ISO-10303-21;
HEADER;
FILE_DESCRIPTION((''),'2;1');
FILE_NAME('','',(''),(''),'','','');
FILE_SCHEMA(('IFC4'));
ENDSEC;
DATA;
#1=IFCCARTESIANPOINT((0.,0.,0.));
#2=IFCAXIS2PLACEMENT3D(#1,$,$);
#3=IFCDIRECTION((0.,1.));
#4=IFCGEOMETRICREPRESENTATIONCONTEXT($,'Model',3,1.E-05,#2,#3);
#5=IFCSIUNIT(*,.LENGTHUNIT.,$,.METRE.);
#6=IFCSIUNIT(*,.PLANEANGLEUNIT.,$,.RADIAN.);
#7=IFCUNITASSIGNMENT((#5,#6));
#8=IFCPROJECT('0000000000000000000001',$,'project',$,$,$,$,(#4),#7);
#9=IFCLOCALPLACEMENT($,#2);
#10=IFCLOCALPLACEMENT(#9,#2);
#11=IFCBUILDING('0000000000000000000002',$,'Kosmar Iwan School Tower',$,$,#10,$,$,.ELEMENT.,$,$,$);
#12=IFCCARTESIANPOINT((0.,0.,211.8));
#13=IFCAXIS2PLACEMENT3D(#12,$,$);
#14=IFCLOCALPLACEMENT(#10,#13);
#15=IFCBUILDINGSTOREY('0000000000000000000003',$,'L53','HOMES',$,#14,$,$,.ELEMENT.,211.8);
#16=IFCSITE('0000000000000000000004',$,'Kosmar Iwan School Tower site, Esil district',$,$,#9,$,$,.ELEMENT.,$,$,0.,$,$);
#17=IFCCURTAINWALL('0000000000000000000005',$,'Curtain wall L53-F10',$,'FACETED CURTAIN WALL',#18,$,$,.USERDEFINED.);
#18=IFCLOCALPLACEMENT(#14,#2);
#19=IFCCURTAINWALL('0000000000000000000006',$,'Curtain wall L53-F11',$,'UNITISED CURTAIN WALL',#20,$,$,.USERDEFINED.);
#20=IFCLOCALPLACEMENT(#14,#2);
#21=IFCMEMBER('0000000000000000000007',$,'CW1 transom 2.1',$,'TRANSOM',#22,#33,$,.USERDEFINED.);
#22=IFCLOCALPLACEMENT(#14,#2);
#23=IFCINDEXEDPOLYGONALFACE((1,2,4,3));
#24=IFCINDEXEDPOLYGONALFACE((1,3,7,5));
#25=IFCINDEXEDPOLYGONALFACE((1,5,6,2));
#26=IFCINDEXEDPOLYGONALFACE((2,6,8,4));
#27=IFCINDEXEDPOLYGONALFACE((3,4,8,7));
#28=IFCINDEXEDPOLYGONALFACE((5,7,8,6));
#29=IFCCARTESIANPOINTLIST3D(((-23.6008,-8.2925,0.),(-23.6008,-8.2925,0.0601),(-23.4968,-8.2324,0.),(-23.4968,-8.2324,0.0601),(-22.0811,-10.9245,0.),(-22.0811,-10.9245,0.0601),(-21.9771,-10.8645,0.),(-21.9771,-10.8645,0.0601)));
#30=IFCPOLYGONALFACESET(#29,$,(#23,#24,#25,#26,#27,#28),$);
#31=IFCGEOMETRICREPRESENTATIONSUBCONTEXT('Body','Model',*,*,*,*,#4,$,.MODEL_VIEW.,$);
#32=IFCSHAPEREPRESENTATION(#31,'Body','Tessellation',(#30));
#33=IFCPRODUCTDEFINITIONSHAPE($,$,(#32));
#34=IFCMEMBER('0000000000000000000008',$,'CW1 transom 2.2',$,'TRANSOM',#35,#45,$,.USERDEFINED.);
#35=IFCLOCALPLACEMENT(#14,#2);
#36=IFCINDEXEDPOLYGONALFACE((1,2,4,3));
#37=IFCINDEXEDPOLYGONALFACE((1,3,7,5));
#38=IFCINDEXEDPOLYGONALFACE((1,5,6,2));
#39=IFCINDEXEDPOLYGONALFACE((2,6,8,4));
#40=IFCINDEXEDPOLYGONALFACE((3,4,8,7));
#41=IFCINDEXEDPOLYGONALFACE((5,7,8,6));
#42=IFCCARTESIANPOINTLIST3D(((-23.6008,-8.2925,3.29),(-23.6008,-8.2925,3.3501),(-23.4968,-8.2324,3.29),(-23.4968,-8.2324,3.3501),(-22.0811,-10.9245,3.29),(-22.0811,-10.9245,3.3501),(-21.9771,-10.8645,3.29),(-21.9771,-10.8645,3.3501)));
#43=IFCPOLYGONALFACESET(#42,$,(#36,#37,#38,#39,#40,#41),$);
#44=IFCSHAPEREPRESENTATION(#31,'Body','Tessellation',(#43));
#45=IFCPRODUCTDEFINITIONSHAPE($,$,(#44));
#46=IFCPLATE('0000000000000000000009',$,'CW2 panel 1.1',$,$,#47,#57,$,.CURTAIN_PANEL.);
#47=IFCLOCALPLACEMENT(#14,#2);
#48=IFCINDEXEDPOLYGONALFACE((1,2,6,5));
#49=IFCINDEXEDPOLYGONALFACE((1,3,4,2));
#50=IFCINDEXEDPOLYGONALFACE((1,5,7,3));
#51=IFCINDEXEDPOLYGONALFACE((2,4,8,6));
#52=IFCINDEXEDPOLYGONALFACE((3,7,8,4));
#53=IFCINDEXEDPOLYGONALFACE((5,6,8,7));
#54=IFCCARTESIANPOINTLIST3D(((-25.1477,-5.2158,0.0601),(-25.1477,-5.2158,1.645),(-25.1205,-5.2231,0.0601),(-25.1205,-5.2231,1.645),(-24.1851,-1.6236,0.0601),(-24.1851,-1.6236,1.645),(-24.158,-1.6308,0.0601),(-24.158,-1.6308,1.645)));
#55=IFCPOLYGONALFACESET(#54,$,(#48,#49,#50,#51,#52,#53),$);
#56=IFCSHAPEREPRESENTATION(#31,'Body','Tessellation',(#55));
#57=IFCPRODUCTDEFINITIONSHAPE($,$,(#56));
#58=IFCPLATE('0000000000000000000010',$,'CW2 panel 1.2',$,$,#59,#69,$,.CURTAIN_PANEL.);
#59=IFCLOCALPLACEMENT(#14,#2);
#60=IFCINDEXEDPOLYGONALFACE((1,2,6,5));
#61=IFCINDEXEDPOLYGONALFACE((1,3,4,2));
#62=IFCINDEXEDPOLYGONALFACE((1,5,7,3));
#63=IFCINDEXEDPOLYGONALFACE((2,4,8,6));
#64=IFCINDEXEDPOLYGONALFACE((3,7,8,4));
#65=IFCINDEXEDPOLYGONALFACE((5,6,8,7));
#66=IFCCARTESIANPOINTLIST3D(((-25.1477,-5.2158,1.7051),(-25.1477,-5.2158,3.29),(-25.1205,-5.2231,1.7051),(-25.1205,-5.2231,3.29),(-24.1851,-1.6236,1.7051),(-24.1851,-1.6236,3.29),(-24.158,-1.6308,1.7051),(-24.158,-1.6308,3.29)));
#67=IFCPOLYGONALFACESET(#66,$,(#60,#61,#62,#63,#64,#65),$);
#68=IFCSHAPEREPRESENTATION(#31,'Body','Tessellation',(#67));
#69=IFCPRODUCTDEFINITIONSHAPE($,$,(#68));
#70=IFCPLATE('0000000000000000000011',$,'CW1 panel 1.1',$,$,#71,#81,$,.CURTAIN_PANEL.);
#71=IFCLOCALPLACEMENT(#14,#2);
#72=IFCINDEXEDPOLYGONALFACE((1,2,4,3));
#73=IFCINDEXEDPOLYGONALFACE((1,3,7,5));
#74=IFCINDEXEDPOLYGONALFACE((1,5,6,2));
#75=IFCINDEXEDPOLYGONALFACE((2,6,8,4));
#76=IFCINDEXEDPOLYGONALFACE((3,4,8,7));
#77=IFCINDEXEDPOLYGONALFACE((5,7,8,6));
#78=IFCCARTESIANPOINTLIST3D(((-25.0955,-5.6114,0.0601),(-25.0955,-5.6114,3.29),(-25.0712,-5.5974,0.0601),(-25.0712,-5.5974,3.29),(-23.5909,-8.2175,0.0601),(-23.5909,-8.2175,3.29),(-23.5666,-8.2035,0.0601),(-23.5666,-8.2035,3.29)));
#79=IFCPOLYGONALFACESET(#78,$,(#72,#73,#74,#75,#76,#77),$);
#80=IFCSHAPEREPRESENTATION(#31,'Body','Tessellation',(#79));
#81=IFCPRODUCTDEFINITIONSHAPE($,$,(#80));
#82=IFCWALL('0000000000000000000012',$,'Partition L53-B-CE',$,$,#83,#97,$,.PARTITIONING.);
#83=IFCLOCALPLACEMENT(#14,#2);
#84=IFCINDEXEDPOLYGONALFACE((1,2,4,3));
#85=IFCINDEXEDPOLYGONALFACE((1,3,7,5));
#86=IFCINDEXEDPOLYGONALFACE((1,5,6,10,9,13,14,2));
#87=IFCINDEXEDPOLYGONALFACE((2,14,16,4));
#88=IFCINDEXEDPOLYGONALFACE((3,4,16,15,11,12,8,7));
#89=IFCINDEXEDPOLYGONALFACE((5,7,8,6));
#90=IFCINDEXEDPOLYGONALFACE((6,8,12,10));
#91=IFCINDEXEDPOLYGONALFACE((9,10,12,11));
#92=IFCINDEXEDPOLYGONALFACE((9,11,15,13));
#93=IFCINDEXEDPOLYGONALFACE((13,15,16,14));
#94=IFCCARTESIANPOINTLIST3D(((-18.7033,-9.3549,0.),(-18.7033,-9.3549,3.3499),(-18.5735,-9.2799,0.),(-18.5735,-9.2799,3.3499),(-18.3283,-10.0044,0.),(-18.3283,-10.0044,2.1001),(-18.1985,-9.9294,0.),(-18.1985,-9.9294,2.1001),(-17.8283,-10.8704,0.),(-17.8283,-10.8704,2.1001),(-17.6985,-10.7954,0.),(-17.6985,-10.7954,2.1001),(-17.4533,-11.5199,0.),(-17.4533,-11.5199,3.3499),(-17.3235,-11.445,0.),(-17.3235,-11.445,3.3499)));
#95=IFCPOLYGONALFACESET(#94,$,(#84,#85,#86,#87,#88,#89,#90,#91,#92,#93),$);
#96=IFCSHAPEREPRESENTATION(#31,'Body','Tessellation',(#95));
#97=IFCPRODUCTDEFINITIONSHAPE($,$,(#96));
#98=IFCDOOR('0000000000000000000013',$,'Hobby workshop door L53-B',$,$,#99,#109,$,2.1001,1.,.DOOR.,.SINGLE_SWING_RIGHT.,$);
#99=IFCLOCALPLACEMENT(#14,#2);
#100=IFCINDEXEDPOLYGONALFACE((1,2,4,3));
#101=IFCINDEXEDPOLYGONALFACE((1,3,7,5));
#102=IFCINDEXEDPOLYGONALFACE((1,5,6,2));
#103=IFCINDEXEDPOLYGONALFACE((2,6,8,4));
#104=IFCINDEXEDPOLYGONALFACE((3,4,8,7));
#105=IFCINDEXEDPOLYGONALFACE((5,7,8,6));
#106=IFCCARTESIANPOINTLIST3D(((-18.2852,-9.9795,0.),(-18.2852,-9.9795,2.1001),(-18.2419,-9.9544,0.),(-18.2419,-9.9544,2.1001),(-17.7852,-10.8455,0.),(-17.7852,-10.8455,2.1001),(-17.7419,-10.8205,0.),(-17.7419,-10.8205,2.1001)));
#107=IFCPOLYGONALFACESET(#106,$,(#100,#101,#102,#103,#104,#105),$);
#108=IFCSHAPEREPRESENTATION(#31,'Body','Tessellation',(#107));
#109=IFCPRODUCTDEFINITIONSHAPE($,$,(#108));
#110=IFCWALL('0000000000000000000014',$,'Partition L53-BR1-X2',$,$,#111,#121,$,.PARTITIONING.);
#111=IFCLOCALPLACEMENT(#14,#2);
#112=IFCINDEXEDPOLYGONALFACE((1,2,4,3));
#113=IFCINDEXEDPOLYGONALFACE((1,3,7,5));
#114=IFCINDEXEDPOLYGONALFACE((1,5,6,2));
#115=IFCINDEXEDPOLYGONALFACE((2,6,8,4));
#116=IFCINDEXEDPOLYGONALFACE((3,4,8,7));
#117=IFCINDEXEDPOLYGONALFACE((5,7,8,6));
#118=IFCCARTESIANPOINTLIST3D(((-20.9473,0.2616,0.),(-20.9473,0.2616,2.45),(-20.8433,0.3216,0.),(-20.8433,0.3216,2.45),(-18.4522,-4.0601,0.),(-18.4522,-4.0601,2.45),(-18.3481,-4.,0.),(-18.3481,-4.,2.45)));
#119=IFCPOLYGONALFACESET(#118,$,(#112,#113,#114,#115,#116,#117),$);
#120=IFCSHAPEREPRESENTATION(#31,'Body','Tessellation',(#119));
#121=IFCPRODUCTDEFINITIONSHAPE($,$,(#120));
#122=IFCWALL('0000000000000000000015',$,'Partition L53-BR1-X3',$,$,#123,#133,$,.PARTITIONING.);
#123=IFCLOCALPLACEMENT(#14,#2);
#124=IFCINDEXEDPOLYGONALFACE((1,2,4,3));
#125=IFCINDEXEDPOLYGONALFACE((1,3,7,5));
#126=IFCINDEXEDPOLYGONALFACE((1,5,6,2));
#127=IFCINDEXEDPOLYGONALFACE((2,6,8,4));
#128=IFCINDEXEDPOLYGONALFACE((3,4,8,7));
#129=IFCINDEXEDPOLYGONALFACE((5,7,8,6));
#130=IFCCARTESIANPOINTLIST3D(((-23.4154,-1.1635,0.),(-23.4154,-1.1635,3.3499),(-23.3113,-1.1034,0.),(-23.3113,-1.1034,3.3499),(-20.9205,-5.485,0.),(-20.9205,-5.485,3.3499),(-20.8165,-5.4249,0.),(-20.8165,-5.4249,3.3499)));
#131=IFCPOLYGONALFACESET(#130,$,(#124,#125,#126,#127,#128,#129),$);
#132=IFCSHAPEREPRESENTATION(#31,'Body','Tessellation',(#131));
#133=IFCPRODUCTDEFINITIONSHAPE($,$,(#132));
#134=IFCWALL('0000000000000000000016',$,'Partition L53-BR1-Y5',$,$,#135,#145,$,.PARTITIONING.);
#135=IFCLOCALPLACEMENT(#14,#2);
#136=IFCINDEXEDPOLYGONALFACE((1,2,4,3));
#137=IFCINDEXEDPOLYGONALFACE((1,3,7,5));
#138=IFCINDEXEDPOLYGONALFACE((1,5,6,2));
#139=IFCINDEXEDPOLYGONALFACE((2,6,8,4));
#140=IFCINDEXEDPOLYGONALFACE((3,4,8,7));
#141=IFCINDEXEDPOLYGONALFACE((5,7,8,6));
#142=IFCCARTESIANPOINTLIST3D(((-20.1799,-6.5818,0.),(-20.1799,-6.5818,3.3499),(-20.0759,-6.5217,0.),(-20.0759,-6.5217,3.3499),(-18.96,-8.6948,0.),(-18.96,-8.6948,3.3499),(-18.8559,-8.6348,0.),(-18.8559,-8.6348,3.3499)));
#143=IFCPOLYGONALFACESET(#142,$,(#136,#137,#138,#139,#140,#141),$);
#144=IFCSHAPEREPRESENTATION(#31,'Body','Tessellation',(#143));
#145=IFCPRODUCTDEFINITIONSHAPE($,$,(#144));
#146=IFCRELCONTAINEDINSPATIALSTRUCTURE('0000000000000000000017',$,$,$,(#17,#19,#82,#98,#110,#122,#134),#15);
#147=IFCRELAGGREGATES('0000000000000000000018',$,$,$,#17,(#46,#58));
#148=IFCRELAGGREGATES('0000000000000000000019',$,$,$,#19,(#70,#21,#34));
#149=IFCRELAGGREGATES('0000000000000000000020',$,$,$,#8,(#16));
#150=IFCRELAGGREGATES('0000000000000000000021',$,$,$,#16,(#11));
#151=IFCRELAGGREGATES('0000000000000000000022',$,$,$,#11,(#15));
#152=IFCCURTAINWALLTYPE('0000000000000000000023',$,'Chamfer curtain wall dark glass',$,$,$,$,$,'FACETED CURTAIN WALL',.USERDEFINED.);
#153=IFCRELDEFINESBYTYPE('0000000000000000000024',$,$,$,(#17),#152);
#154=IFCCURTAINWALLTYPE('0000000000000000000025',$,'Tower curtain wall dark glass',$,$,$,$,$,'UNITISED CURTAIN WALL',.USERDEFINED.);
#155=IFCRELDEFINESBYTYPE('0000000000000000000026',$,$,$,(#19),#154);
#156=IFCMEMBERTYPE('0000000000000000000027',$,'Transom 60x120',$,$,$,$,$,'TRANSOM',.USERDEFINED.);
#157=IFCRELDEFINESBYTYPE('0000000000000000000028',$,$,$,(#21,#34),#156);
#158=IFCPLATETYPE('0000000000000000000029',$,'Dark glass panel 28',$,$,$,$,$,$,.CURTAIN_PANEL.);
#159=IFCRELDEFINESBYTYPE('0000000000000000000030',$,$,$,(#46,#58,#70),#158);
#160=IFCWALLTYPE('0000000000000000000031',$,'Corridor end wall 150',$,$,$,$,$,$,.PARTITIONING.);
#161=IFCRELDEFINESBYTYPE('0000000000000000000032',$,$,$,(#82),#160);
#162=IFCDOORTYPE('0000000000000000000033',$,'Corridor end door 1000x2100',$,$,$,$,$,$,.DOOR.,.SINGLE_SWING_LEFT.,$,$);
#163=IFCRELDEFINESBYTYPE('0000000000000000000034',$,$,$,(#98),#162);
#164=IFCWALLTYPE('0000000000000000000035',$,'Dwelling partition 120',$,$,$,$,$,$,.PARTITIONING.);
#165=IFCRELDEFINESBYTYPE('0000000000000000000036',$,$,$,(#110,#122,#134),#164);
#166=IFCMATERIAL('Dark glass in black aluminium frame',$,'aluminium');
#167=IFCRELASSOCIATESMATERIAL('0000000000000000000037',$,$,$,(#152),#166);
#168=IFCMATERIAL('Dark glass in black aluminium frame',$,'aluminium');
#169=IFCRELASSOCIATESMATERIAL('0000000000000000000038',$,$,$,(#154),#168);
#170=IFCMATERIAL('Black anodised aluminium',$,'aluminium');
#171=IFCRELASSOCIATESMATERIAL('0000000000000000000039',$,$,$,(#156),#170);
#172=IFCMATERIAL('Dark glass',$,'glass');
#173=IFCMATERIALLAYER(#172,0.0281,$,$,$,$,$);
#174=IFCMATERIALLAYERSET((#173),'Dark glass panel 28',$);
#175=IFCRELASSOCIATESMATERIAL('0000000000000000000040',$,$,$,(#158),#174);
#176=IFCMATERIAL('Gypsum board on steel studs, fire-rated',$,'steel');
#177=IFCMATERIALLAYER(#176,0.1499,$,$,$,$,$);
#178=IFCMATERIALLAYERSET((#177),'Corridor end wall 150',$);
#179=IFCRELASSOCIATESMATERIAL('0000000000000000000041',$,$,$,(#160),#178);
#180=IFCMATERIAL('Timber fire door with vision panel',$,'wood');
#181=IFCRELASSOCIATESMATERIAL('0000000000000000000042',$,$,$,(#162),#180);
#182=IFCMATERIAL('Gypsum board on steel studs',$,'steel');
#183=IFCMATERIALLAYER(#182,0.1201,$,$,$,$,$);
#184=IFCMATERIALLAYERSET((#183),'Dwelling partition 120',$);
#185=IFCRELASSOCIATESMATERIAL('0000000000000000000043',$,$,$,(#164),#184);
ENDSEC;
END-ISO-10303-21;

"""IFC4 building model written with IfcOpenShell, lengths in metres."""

from ifc_helpers import new_model, si_unit, direction, frame, frame_2d, origin, origin_2d, place, context, subcontext, project, spatial, rectangle, extrude, material, layer, layer_set, material_profile, profile_set, type_object, element, fill, aggregate, save


model = new_model("IFC4")

# Units and contexts
model_context = context("Model", 3, precision=1e-05, world=origin(), true_north=direction((0.0, 1.0)))
body_context = subcontext(model_context, "Body", "Model", "MODEL_VIEW")
ifc_project = project(units=[si_unit("LENGTHUNIT", "METRE"), si_unit("PLANEANGLEUNIT", "RADIAN")], contexts=[model_context])

# Site, building, storey
site_placement = place(None, origin())
site = spatial("IfcSite", under=ifc_project, at=site_placement, Name="Kosmar Iwan School Tower site, Esil district", CompositionType="ELEMENT", RefElevation=0.0)
building_placement = place(site_placement, origin())
building = spatial("IfcBuilding", under=site, at=building_placement, Name="Kosmar Iwan School Tower", CompositionType="ELEMENT")
storey_placement = place(building_placement, frame((0.0, 0.0, 211.8)))
storey = spatial("IfcBuildingStorey", under=building, at=storey_placement, Name="L53", Description="HOMES", CompositionType="ELEMENT", Elevation=211.8)

# Curtain walls
ifc_material_1 = material(Name="Dark glass in black aluminium frame", Category="aluminium")
curtain_wall_type_1 = type_object("IfcCurtainWallType", Name="Chamfer curtain wall dark glass", ElementType="FACETED CURTAIN WALL", PredefinedType="USERDEFINED", material=ifc_material_1)
curtain_wall_1_placement = place(storey_placement, origin())
curtain_wall_1 = element("IfcCurtainWall", 1, at=curtain_wall_1_placement, inside=storey, type_object=curtain_wall_type_1, Name="Curtain wall L53-F10", ObjectType="FACETED CURTAIN WALL", PredefinedType="USERDEFINED")
ifc_material_2 = material(Name="Dark glass in black aluminium frame", Category="aluminium")
curtain_wall_type_2 = type_object("IfcCurtainWallType", Name="Tower curtain wall dark glass", ElementType="UNITISED CURTAIN WALL", PredefinedType="USERDEFINED", material=ifc_material_2)
curtain_wall_2_placement = place(storey_placement, origin())
curtain_wall_2 = element("IfcCurtainWall", 2, at=curtain_wall_2_placement, inside=storey, type_object=curtain_wall_type_2, Name="Curtain wall L53-F11", ObjectType="UNITISED CURTAIN WALL", PredefinedType="USERDEFINED")

# Members
ifc_material_3 = material(Name="Black anodised aluminium", Category="aluminium")
ifc_material_profile_1 = material_profile(ifc_material_3, rectangle(XDim=0.1201, YDim=0.0601, at=origin_2d()), Name="TRANSOM 60x120")
ifc_profile_set_1 = profile_set([ifc_material_profile_1], Name="Black anodised aluminium")
member_type_1 = type_object("IfcMemberType", Name="Transom 60x120", ElementType="TRANSOM", PredefinedType="USERDEFINED", material=ifc_profile_set_1)
member_1_placement = place(storey_placement, frame((-23.5488, -8.2625, 0.03), z_axis=(0.500035, -0.866005, 0.0), x_axis=(0.866005, 0.500035, 0.0)))
member_1 = element("IfcMember", 3, at=member_1_placement, type_object=member_type_1, Name="CW1 transom 2.1", ObjectType="TRANSOM", PredefinedType="USERDEFINED", context=body_context, shape_type="SweptSolid", body=[
    extrude(rectangle(XDim=0.1201, YDim=0.0601, at=origin_2d()), origin(), (0.0, 0.0, 1.0), 3.0393),
])
member_2_placement = place(storey_placement, frame((-23.5488, -8.2625, 3.3201), z_axis=(0.500035, -0.866005, 0.0), x_axis=(0.866005, 0.500035, 0.0)))
member_2 = element("IfcMember", 4, at=member_2_placement, type_object=member_type_1, Name="CW1 transom 2.2", ObjectType="TRANSOM", PredefinedType="USERDEFINED", context=body_context, shape_type="SweptSolid", body=[
    extrude(rectangle(XDim=0.1201, YDim=0.0601, at=origin_2d()), origin(), (0.0, 0.0, 1.0), 3.0393),
])

# Plates
ifc_material_4 = material(Name="Dark glass", Category="glass")
ifc_layer_1 = layer(ifc_material_4, 0.0281)
ifc_layer_set_1 = layer_set([ifc_layer_1], Name="Dark glass panel 28")
plate_type = type_object("IfcPlateType", Name="Dark glass panel 28", PredefinedType="CURTAIN_PANEL", material=ifc_layer_set_1)
plate_1_placement = place(storey_placement, frame((-24.6528, -3.4233, 0.0601), z_axis=(0.0, 0.0, 1.0), x_axis=(-0.258819, -0.965926, 0.0)))
plate_1 = element("IfcPlate", 5, at=plate_1_placement, type_object=plate_type, Name="CW2 panel 1.1", PredefinedType="CURTAIN_PANEL", context=body_context, shape_type="SweptSolid", body=[
    extrude(rectangle(XDim=3.719, YDim=0.0281, at=origin_2d()), origin(), (0.0, 0.0, 1.0), 1.585),
])
plate_2_placement = place(storey_placement, frame((-24.6528, -3.4233, 1.7051), z_axis=(0.0, 0.0, 1.0), x_axis=(-0.258819, -0.965926, 0.0)))
plate_2 = element("IfcPlate", 6, at=plate_2_placement, type_object=plate_type, Name="CW2 panel 1.2", PredefinedType="CURTAIN_PANEL", context=body_context, shape_type="SweptSolid", body=[
    extrude(rectangle(XDim=3.719, YDim=0.0281, at=origin_2d()), origin(), (0.0, 0.0, 1.0), 1.585),
])
aggregate(curtain_wall_1, [plate_1, plate_2])
plate_3_placement = place(storey_placement, frame((-24.3311, -6.9075, 0.0601), z_axis=(0.0, 0.0, 1.0), x_axis=(0.5, -0.866025, 0.0)))
plate_3 = element("IfcPlate", 7, at=plate_3_placement, type_object=plate_type, Name="CW1 panel 1.1", PredefinedType="CURTAIN_PANEL", context=body_context, shape_type="SweptSolid", body=[
    extrude(rectangle(XDim=3.0093, YDim=0.0281, at=origin_2d()), origin(), (0.0, 0.0, 1.0), 3.23),
])
aggregate(curtain_wall_2, [plate_3, member_1, member_2])

# Wall, opening, door
ifc_material_5 = material(Name="Gypsum board on steel studs, fire-rated", Category="steel")
ifc_layer_2 = layer(ifc_material_5, 0.1499)
ifc_layer_set_2 = layer_set([ifc_layer_2], Name="Corridor end wall 150")
wall_type_1 = type_object("IfcWallType", Name="Corridor end wall 150", PredefinedType="PARTITIONING", material=ifc_layer_set_2)
wall_1_placement = place(storey_placement, frame((-18.6384, -9.3174, 0.0), z_axis=(0.0, 0.0, 1.0), x_axis=(0.500004, -0.866023, 0.0)))
wall_1 = element("IfcWall", 8, at=wall_1_placement, inside=storey, type_object=wall_type_1, Name="Partition L53-B-CE", PredefinedType="PARTITIONING", context=body_context, shape_type="SweptSolid", body=[
    extrude(rectangle(XDim=2.5, YDim=0.1499, at=frame_2d((1.25, 0.0))), origin(), (0.0, 0.0, 1.0), 3.3499),
])
opening_placement = place(wall_1_placement, frame((0.75, 0.0, 0.0)))
opening = element("IfcOpeningElement", 9, at=opening_placement, cuts=wall_1, PredefinedType="OPENING", context=body_context, shape_type="SweptSolid", body=[
    extrude(rectangle(XDim=1.0, YDim=2.1001, at=frame_2d((0.5, 1.05))), frame((0.0, 0.0869, 0.0), z_axis=(0.0, -1.0, 0.0), x_axis=(1.0, 0.0, 0.0)), (0.0, 0.0, 1.0), 0.1738),
])
ifc_material_6 = material(Name="Timber fire door with vision panel", Category="wood")
door_type = type_object("IfcDoorType", Name="Corridor end door 1000x2100", OperationType="SINGLE_SWING_LEFT", PredefinedType="DOOR", material=ifc_material_6)
door_placement = place(opening_placement, origin())
door = element("IfcDoor", 10, at=door_placement, inside=storey, type_object=door_type, Name="Hobby workshop door L53-B", OperationType="SINGLE_SWING_RIGHT", OverallHeight=2.1001, OverallWidth=1.0, PredefinedType="DOOR", context=body_context, shape_type="SweptSolid", body=[
    extrude(rectangle(XDim=1.0, YDim=2.1001, at=frame_2d((0.5, 1.05))), frame((0.0, 0.0249, 0.0), z_axis=(0.0, -1.0, 0.0), x_axis=(1.0, 0.0, 0.0)), (0.0, 0.0, 1.0), 0.05),
])
fill(opening, door)

# Walls
ifc_material_7 = material(Name="Gypsum board on steel studs", Category="steel")
ifc_layer_3 = layer(ifc_material_7, 0.1201)
ifc_layer_set_3 = layer_set([ifc_layer_3], Name="Dwelling partition 120")
wall_type_2 = type_object("IfcWallType", Name="Dwelling partition 120", PredefinedType="PARTITIONING", material=ifc_layer_set_3)
wall_2_placement = place(storey_placement, frame((-18.4001, -4.03, 0.0), z_axis=(0.0, 0.0, 1.0), x_axis=(-0.500012, 0.866019, 0.0)))
element("IfcWall", 11, at=wall_2_placement, inside=storey, type_object=wall_type_2, Name="Partition L53-BR1-X2", PredefinedType="PARTITIONING", context=body_context, shape_type="SweptSolid", body=[
    extrude(rectangle(XDim=4.9902, YDim=0.1201, at=frame_2d((2.4951, 0.0))), origin(), (0.0, 0.0, 1.0), 2.45),
])
wall_3_placement = place(storey_placement, frame((-20.8684, -5.4551, 0.0), z_axis=(0.0, 0.0, 1.0), x_axis=(-0.499975, 0.86604, 0.0)))
element("IfcWall", 12, at=wall_3_placement, inside=storey, type_object=wall_type_2, Name="Partition L53-BR1-X3", PredefinedType="PARTITIONING", context=body_context, shape_type="SweptSolid", body=[
    extrude(rectangle(XDim=4.99, YDim=0.1201, at=frame_2d((2.4951, 0.0))), origin(), (0.0, 0.0, 1.0), 3.3499),
])
wall_4_placement = place(storey_placement, frame((-18.908, -8.6648, 0.0), z_axis=(0.0, 0.0, 1.0), x_axis=(-0.500003, 0.866024, 0.0)))
element("IfcWall", 13, at=wall_4_placement, inside=storey, type_object=wall_type_2, Name="Partition L53-BR1-Y5", PredefinedType="PARTITIONING", context=body_context, shape_type="SweptSolid", body=[
    extrude(rectangle(XDim=2.4399, YDim=0.1201, at=frame_2d((1.22, 0.0))), origin(), (0.0, 0.0, 1.0), 3.3499),
])

save(model, "model.ifc")
